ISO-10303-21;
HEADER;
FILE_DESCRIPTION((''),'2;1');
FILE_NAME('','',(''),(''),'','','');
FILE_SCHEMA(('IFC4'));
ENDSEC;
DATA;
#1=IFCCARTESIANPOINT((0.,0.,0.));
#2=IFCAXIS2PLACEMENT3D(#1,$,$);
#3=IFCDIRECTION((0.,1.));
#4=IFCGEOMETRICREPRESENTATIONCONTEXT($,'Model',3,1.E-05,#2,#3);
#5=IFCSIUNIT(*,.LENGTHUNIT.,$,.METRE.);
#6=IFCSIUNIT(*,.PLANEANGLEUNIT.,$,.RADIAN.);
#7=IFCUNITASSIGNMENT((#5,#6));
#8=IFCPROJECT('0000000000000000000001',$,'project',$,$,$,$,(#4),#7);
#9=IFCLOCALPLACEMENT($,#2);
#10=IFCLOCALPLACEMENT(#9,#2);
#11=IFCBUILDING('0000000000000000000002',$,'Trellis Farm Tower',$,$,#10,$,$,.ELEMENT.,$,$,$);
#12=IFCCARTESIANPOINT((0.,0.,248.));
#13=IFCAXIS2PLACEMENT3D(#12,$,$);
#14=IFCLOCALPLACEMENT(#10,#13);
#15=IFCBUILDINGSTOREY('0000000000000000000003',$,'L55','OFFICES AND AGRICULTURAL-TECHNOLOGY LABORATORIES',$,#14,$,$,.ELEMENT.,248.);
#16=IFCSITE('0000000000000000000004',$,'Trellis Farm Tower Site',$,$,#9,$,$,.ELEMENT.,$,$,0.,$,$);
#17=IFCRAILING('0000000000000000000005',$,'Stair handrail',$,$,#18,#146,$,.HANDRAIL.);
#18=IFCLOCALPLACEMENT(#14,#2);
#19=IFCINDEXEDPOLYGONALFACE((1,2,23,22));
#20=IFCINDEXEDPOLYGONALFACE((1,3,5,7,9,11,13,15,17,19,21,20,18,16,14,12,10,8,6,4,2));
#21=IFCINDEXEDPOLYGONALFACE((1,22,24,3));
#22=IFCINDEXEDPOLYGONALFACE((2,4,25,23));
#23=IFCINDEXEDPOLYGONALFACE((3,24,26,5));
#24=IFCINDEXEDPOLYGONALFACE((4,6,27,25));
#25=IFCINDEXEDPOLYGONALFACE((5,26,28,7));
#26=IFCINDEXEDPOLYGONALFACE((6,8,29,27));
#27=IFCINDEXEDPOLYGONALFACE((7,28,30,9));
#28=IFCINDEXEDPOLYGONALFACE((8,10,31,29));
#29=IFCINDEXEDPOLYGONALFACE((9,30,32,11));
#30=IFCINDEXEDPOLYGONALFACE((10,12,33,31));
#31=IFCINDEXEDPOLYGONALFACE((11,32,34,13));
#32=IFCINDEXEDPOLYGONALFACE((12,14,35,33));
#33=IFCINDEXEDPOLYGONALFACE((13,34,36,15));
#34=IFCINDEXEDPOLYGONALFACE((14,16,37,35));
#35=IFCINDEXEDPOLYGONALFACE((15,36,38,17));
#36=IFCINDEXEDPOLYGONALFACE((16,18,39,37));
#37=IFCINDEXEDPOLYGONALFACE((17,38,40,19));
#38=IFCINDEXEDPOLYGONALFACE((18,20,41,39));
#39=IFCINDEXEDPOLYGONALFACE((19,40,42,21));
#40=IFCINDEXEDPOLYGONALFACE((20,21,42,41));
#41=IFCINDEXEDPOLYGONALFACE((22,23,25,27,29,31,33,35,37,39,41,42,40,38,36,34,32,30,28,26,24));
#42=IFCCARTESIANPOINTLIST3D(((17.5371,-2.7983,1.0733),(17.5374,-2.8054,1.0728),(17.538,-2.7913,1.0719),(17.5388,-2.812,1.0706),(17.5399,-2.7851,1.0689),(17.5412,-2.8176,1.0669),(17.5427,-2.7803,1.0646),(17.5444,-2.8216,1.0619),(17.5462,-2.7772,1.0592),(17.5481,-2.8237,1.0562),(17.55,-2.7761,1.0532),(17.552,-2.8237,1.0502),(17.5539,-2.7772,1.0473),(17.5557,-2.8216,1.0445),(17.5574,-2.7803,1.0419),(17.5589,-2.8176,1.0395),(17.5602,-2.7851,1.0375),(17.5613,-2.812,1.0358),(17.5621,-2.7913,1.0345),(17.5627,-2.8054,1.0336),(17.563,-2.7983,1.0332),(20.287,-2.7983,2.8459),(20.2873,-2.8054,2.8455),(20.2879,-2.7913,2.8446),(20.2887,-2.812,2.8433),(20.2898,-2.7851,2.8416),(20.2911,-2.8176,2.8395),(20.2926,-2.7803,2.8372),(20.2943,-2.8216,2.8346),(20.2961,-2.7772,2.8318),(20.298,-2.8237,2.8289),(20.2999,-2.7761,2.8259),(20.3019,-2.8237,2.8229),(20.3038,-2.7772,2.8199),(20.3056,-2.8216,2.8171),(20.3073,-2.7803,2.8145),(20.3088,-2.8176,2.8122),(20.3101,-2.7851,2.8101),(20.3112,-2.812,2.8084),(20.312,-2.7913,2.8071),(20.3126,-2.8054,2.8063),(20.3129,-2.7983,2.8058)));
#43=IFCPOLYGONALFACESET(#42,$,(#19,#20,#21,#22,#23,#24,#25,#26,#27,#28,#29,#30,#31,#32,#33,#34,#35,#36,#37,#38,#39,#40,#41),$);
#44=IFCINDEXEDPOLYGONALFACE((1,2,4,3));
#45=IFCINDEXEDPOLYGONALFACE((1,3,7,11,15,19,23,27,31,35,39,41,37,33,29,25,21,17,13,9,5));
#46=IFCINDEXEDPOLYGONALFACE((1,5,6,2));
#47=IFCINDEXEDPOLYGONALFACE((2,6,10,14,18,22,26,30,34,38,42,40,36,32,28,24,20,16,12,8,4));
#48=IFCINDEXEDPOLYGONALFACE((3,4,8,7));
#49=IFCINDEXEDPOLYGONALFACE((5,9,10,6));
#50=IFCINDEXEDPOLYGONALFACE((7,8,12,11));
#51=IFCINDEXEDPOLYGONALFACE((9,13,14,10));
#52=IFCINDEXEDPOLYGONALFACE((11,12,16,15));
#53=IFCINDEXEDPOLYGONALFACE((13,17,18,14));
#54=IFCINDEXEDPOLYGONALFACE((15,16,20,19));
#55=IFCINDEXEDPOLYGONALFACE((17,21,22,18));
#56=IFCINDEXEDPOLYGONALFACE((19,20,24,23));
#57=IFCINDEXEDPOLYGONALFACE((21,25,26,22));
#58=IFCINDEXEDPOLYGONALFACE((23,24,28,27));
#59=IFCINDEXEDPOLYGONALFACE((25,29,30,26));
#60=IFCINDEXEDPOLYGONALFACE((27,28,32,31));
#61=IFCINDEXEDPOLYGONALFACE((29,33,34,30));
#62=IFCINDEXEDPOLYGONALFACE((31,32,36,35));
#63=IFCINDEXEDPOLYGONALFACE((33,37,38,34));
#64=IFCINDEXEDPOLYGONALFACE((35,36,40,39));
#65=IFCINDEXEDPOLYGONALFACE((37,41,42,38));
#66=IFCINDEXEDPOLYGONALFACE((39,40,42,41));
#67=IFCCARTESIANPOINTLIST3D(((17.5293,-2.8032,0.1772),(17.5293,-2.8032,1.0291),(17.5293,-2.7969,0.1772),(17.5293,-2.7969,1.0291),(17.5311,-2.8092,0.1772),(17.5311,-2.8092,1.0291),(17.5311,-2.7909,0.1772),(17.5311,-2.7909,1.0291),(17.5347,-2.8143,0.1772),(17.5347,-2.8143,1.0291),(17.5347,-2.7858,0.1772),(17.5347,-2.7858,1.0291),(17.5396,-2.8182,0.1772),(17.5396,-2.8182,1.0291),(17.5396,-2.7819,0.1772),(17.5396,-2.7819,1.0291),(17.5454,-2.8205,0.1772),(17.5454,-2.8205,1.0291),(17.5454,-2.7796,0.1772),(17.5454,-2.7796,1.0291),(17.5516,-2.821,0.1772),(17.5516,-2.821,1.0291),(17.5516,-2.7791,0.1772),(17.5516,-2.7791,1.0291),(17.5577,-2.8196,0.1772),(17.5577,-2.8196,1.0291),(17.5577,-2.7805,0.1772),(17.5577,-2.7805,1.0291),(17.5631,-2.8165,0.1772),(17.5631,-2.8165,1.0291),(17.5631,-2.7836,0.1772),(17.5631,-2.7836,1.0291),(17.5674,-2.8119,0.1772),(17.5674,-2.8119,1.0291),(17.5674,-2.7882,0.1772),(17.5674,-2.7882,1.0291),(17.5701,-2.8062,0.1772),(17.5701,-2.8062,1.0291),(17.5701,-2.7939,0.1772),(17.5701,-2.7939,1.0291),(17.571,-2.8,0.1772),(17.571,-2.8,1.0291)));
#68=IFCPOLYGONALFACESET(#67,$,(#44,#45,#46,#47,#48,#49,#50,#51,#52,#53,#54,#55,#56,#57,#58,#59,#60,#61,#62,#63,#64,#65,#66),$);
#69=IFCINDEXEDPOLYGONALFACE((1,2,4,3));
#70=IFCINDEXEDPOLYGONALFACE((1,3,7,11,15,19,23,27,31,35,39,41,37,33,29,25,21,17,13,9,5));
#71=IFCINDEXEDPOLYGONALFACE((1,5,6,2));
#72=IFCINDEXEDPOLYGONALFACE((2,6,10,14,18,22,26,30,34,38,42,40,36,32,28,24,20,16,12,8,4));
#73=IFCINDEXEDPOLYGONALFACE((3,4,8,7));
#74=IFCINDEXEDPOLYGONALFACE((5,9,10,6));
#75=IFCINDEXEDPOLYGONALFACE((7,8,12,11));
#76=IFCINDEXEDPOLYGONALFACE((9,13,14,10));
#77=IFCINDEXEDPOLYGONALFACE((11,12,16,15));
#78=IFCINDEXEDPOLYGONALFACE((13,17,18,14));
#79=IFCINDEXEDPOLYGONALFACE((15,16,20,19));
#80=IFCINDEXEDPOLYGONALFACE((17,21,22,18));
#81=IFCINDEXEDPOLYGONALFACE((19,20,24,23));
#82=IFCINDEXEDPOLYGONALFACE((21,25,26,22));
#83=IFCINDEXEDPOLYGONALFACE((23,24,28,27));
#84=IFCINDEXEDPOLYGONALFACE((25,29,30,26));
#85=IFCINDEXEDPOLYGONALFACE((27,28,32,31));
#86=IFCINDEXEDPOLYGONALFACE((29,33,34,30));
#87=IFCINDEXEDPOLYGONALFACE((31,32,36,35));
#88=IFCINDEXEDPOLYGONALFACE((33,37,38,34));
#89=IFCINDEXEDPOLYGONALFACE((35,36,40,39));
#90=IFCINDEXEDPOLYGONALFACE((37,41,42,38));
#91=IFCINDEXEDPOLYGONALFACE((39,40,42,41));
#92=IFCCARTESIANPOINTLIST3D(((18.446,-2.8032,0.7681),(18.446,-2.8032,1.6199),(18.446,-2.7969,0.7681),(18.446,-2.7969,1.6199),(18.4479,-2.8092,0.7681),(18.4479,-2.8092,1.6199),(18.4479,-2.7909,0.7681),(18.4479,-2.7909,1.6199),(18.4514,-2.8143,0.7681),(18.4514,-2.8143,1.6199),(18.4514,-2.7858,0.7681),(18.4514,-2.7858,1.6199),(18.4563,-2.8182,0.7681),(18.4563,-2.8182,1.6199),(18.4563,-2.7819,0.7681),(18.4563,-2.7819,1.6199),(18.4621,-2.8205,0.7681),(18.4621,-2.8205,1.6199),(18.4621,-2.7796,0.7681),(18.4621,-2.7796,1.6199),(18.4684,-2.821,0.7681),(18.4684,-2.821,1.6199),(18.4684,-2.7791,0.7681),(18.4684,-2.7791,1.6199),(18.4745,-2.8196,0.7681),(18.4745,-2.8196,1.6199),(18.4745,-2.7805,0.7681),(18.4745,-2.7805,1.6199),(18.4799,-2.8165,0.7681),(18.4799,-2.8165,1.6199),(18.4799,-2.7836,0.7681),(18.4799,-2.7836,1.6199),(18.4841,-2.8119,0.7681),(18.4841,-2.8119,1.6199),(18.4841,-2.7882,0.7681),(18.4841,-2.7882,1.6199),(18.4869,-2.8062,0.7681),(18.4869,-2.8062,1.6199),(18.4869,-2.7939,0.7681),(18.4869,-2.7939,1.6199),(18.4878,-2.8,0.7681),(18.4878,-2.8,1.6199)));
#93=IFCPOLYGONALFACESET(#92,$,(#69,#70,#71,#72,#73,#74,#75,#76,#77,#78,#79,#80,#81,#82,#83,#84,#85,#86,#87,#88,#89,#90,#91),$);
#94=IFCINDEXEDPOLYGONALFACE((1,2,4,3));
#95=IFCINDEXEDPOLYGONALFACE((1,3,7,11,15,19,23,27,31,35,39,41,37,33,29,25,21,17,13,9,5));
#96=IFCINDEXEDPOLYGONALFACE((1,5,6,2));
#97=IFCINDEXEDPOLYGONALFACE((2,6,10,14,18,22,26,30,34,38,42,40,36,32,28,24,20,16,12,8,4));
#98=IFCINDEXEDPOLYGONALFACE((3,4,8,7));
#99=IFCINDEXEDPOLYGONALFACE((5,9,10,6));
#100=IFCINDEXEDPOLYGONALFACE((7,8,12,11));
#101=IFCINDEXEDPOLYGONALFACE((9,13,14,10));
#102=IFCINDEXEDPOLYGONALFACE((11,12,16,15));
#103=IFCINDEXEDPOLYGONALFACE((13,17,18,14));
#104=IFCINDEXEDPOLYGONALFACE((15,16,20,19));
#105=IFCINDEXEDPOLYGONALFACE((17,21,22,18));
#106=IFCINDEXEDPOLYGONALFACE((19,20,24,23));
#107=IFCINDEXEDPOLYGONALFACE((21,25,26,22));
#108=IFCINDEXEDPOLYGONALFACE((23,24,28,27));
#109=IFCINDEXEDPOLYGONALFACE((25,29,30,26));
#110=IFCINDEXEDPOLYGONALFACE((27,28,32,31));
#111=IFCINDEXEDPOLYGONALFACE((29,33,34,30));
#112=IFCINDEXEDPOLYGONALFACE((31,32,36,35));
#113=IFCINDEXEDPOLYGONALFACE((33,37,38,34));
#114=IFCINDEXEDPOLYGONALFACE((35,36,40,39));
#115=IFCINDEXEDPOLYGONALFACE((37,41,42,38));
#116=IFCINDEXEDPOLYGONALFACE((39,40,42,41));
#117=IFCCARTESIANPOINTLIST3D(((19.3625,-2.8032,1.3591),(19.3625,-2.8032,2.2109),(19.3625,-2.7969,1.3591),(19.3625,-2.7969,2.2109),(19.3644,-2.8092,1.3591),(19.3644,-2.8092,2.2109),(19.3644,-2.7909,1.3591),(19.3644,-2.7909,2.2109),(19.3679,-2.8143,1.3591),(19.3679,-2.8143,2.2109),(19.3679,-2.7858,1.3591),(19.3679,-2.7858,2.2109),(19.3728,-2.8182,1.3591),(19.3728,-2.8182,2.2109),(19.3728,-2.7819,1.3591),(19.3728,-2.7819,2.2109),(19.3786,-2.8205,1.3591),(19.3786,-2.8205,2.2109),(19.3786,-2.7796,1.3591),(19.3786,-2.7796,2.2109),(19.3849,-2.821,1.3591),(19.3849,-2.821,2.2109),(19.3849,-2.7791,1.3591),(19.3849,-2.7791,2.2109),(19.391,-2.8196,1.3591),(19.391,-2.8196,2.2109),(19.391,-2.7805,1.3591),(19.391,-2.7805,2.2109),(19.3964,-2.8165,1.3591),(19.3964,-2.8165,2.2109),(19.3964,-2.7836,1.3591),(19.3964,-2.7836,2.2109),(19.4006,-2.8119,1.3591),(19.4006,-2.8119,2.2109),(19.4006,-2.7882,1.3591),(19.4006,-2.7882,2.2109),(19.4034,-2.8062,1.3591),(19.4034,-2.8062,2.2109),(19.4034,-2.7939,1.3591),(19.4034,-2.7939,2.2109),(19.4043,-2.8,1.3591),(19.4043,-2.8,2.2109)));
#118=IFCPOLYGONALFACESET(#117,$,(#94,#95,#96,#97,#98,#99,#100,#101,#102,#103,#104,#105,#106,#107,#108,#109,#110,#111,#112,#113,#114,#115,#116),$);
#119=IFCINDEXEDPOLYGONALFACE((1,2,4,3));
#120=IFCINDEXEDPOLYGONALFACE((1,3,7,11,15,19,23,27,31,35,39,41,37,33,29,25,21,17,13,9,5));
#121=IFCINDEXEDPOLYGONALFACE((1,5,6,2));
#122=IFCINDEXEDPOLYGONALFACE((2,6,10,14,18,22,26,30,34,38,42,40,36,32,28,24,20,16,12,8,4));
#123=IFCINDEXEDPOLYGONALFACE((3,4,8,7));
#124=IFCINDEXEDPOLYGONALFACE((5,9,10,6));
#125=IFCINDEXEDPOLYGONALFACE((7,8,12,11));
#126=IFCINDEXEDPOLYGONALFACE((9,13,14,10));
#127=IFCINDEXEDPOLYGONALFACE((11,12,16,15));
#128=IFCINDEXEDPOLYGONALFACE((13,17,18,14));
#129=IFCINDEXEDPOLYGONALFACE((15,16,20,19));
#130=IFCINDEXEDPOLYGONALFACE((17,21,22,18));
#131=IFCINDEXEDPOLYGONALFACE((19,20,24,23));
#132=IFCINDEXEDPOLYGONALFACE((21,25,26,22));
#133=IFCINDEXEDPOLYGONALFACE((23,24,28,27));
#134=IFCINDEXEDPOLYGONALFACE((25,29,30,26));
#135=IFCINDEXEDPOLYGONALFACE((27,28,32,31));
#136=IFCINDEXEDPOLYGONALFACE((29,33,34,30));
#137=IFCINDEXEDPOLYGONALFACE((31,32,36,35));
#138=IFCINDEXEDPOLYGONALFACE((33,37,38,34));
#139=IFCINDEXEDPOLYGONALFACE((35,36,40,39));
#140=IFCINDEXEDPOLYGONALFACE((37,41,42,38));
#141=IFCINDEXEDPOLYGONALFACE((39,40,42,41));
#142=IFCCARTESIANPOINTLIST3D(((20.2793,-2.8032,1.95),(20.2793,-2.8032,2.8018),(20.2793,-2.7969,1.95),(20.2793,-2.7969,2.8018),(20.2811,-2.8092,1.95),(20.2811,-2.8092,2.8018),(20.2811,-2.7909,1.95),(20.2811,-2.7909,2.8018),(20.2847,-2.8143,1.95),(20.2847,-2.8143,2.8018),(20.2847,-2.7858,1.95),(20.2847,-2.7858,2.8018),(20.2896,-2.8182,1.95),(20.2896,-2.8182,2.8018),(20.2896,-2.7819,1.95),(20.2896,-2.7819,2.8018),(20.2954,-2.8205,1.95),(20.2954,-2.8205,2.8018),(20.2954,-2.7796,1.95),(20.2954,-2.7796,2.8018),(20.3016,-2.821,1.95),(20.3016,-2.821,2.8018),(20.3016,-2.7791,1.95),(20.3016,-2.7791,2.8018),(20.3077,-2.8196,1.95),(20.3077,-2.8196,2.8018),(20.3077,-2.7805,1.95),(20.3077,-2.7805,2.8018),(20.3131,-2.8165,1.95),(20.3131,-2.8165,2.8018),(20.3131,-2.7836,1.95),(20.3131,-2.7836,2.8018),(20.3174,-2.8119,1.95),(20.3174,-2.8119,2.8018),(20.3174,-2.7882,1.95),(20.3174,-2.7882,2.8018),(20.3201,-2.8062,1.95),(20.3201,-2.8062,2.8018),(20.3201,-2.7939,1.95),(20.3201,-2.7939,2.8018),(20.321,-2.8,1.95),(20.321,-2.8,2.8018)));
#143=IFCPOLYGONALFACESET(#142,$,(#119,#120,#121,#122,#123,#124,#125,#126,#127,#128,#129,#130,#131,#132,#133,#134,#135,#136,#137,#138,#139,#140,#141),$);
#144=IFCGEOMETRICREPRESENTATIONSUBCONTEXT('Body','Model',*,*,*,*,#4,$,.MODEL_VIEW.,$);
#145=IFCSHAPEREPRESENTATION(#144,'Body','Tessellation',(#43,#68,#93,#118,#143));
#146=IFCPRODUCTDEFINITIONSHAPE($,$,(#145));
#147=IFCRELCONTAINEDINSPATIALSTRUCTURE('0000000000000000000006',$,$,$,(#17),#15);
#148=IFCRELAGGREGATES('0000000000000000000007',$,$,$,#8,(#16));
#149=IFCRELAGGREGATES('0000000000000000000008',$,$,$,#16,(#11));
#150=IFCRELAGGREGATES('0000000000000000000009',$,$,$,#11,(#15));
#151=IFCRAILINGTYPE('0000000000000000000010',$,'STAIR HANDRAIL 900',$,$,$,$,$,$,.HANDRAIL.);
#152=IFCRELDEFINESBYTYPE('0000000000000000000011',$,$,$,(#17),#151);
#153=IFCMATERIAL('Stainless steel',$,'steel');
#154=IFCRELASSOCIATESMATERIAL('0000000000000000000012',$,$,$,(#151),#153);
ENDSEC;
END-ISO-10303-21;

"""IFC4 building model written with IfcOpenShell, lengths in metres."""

from ifc_helpers import new_model, si_unit, direction, frame, origin, origin_2d, place, context, subcontext, project, spatial, circle, extrude, source, transform, mapped, material, type_object, element, save


model = new_model("IFC4")

# Units and contexts
model_context = context("Model", 3, precision=1e-05, world=origin(), true_north=direction((0.0, 1.0)))
body_context = subcontext(model_context, "Body", "Model", "MODEL_VIEW")
ifc_project = project(units=[si_unit("LENGTHUNIT", "METRE"), si_unit("PLANEANGLEUNIT", "RADIAN")], contexts=[model_context])

# Site, building, storey
site_placement = place(None, origin())
site = spatial("IfcSite", under=ifc_project, at=site_placement, Name="Trellis Farm Tower Site", CompositionType="ELEMENT", RefElevation=0.0)
building_placement = place(site_placement, origin())
building = spatial("IfcBuilding", under=site, at=building_placement, Name="Trellis Farm Tower", CompositionType="ELEMENT")
storey_placement = place(building_placement, frame((0.0, 0.0, 248.0)))
storey = spatial("IfcBuildingStorey", under=building, at=storey_placement, Name="L55", Description="OFFICES AND AGRICULTURAL-TECHNOLOGY LABORATORIES", CompositionType="ELEMENT", Elevation=248.0)

# Railing
ifc_material_1 = material(Name="Stainless steel", Category="steel")
railing_type = type_object("IfcRailingType", Name="STAIR HANDRAIL 900", PredefinedType="HANDRAIL", material=ifc_material_1)
shared_shape_1 = source(origin(), body_context, "Body", "SweptSolid", [
    extrude(circle(Radius=0.0239, at=origin_2d()), frame((0.0, 0.0, 0.876), z_axis=(0.840504, 0.0, 0.541806), x_axis=(0.0, 1.0, 0.0)), (0.0, 0.0, 1.0), 3.2717),
    extrude(circle(Radius=0.021, at=origin_2d()), origin(), (0.0, 0.0, 1.0), 0.8518),
    extrude(circle(Radius=0.021, at=origin_2d()), frame((0.9167, 0.0, 0.5908)), (0.0, 0.0, 1.0), 0.8518),
    extrude(circle(Radius=0.021, at=origin_2d()), frame((1.8333, 0.0, 1.1819)), (0.0, 0.0, 1.0), 0.8518),
    extrude(circle(Radius=0.021, at=origin_2d()), frame((2.75, 0.0, 1.7727)), (0.0, 0.0, 1.0), 0.8518),
])
for number, where, name in (
    (1, (17.55, -2.8, 0.1772), "Stair handrail"),
):
    element("IfcRailing", number, at=place(storey_placement, frame(where)), inside=storey, type_object=railing_type, Name=name, PredefinedType="HANDRAIL", context=body_context, shape_type="MappedRepresentation", body=[
        mapped(shared_shape_1, transform((0.0, 0.0, 0.0))),
    ])

save(model, "model.ifc")
